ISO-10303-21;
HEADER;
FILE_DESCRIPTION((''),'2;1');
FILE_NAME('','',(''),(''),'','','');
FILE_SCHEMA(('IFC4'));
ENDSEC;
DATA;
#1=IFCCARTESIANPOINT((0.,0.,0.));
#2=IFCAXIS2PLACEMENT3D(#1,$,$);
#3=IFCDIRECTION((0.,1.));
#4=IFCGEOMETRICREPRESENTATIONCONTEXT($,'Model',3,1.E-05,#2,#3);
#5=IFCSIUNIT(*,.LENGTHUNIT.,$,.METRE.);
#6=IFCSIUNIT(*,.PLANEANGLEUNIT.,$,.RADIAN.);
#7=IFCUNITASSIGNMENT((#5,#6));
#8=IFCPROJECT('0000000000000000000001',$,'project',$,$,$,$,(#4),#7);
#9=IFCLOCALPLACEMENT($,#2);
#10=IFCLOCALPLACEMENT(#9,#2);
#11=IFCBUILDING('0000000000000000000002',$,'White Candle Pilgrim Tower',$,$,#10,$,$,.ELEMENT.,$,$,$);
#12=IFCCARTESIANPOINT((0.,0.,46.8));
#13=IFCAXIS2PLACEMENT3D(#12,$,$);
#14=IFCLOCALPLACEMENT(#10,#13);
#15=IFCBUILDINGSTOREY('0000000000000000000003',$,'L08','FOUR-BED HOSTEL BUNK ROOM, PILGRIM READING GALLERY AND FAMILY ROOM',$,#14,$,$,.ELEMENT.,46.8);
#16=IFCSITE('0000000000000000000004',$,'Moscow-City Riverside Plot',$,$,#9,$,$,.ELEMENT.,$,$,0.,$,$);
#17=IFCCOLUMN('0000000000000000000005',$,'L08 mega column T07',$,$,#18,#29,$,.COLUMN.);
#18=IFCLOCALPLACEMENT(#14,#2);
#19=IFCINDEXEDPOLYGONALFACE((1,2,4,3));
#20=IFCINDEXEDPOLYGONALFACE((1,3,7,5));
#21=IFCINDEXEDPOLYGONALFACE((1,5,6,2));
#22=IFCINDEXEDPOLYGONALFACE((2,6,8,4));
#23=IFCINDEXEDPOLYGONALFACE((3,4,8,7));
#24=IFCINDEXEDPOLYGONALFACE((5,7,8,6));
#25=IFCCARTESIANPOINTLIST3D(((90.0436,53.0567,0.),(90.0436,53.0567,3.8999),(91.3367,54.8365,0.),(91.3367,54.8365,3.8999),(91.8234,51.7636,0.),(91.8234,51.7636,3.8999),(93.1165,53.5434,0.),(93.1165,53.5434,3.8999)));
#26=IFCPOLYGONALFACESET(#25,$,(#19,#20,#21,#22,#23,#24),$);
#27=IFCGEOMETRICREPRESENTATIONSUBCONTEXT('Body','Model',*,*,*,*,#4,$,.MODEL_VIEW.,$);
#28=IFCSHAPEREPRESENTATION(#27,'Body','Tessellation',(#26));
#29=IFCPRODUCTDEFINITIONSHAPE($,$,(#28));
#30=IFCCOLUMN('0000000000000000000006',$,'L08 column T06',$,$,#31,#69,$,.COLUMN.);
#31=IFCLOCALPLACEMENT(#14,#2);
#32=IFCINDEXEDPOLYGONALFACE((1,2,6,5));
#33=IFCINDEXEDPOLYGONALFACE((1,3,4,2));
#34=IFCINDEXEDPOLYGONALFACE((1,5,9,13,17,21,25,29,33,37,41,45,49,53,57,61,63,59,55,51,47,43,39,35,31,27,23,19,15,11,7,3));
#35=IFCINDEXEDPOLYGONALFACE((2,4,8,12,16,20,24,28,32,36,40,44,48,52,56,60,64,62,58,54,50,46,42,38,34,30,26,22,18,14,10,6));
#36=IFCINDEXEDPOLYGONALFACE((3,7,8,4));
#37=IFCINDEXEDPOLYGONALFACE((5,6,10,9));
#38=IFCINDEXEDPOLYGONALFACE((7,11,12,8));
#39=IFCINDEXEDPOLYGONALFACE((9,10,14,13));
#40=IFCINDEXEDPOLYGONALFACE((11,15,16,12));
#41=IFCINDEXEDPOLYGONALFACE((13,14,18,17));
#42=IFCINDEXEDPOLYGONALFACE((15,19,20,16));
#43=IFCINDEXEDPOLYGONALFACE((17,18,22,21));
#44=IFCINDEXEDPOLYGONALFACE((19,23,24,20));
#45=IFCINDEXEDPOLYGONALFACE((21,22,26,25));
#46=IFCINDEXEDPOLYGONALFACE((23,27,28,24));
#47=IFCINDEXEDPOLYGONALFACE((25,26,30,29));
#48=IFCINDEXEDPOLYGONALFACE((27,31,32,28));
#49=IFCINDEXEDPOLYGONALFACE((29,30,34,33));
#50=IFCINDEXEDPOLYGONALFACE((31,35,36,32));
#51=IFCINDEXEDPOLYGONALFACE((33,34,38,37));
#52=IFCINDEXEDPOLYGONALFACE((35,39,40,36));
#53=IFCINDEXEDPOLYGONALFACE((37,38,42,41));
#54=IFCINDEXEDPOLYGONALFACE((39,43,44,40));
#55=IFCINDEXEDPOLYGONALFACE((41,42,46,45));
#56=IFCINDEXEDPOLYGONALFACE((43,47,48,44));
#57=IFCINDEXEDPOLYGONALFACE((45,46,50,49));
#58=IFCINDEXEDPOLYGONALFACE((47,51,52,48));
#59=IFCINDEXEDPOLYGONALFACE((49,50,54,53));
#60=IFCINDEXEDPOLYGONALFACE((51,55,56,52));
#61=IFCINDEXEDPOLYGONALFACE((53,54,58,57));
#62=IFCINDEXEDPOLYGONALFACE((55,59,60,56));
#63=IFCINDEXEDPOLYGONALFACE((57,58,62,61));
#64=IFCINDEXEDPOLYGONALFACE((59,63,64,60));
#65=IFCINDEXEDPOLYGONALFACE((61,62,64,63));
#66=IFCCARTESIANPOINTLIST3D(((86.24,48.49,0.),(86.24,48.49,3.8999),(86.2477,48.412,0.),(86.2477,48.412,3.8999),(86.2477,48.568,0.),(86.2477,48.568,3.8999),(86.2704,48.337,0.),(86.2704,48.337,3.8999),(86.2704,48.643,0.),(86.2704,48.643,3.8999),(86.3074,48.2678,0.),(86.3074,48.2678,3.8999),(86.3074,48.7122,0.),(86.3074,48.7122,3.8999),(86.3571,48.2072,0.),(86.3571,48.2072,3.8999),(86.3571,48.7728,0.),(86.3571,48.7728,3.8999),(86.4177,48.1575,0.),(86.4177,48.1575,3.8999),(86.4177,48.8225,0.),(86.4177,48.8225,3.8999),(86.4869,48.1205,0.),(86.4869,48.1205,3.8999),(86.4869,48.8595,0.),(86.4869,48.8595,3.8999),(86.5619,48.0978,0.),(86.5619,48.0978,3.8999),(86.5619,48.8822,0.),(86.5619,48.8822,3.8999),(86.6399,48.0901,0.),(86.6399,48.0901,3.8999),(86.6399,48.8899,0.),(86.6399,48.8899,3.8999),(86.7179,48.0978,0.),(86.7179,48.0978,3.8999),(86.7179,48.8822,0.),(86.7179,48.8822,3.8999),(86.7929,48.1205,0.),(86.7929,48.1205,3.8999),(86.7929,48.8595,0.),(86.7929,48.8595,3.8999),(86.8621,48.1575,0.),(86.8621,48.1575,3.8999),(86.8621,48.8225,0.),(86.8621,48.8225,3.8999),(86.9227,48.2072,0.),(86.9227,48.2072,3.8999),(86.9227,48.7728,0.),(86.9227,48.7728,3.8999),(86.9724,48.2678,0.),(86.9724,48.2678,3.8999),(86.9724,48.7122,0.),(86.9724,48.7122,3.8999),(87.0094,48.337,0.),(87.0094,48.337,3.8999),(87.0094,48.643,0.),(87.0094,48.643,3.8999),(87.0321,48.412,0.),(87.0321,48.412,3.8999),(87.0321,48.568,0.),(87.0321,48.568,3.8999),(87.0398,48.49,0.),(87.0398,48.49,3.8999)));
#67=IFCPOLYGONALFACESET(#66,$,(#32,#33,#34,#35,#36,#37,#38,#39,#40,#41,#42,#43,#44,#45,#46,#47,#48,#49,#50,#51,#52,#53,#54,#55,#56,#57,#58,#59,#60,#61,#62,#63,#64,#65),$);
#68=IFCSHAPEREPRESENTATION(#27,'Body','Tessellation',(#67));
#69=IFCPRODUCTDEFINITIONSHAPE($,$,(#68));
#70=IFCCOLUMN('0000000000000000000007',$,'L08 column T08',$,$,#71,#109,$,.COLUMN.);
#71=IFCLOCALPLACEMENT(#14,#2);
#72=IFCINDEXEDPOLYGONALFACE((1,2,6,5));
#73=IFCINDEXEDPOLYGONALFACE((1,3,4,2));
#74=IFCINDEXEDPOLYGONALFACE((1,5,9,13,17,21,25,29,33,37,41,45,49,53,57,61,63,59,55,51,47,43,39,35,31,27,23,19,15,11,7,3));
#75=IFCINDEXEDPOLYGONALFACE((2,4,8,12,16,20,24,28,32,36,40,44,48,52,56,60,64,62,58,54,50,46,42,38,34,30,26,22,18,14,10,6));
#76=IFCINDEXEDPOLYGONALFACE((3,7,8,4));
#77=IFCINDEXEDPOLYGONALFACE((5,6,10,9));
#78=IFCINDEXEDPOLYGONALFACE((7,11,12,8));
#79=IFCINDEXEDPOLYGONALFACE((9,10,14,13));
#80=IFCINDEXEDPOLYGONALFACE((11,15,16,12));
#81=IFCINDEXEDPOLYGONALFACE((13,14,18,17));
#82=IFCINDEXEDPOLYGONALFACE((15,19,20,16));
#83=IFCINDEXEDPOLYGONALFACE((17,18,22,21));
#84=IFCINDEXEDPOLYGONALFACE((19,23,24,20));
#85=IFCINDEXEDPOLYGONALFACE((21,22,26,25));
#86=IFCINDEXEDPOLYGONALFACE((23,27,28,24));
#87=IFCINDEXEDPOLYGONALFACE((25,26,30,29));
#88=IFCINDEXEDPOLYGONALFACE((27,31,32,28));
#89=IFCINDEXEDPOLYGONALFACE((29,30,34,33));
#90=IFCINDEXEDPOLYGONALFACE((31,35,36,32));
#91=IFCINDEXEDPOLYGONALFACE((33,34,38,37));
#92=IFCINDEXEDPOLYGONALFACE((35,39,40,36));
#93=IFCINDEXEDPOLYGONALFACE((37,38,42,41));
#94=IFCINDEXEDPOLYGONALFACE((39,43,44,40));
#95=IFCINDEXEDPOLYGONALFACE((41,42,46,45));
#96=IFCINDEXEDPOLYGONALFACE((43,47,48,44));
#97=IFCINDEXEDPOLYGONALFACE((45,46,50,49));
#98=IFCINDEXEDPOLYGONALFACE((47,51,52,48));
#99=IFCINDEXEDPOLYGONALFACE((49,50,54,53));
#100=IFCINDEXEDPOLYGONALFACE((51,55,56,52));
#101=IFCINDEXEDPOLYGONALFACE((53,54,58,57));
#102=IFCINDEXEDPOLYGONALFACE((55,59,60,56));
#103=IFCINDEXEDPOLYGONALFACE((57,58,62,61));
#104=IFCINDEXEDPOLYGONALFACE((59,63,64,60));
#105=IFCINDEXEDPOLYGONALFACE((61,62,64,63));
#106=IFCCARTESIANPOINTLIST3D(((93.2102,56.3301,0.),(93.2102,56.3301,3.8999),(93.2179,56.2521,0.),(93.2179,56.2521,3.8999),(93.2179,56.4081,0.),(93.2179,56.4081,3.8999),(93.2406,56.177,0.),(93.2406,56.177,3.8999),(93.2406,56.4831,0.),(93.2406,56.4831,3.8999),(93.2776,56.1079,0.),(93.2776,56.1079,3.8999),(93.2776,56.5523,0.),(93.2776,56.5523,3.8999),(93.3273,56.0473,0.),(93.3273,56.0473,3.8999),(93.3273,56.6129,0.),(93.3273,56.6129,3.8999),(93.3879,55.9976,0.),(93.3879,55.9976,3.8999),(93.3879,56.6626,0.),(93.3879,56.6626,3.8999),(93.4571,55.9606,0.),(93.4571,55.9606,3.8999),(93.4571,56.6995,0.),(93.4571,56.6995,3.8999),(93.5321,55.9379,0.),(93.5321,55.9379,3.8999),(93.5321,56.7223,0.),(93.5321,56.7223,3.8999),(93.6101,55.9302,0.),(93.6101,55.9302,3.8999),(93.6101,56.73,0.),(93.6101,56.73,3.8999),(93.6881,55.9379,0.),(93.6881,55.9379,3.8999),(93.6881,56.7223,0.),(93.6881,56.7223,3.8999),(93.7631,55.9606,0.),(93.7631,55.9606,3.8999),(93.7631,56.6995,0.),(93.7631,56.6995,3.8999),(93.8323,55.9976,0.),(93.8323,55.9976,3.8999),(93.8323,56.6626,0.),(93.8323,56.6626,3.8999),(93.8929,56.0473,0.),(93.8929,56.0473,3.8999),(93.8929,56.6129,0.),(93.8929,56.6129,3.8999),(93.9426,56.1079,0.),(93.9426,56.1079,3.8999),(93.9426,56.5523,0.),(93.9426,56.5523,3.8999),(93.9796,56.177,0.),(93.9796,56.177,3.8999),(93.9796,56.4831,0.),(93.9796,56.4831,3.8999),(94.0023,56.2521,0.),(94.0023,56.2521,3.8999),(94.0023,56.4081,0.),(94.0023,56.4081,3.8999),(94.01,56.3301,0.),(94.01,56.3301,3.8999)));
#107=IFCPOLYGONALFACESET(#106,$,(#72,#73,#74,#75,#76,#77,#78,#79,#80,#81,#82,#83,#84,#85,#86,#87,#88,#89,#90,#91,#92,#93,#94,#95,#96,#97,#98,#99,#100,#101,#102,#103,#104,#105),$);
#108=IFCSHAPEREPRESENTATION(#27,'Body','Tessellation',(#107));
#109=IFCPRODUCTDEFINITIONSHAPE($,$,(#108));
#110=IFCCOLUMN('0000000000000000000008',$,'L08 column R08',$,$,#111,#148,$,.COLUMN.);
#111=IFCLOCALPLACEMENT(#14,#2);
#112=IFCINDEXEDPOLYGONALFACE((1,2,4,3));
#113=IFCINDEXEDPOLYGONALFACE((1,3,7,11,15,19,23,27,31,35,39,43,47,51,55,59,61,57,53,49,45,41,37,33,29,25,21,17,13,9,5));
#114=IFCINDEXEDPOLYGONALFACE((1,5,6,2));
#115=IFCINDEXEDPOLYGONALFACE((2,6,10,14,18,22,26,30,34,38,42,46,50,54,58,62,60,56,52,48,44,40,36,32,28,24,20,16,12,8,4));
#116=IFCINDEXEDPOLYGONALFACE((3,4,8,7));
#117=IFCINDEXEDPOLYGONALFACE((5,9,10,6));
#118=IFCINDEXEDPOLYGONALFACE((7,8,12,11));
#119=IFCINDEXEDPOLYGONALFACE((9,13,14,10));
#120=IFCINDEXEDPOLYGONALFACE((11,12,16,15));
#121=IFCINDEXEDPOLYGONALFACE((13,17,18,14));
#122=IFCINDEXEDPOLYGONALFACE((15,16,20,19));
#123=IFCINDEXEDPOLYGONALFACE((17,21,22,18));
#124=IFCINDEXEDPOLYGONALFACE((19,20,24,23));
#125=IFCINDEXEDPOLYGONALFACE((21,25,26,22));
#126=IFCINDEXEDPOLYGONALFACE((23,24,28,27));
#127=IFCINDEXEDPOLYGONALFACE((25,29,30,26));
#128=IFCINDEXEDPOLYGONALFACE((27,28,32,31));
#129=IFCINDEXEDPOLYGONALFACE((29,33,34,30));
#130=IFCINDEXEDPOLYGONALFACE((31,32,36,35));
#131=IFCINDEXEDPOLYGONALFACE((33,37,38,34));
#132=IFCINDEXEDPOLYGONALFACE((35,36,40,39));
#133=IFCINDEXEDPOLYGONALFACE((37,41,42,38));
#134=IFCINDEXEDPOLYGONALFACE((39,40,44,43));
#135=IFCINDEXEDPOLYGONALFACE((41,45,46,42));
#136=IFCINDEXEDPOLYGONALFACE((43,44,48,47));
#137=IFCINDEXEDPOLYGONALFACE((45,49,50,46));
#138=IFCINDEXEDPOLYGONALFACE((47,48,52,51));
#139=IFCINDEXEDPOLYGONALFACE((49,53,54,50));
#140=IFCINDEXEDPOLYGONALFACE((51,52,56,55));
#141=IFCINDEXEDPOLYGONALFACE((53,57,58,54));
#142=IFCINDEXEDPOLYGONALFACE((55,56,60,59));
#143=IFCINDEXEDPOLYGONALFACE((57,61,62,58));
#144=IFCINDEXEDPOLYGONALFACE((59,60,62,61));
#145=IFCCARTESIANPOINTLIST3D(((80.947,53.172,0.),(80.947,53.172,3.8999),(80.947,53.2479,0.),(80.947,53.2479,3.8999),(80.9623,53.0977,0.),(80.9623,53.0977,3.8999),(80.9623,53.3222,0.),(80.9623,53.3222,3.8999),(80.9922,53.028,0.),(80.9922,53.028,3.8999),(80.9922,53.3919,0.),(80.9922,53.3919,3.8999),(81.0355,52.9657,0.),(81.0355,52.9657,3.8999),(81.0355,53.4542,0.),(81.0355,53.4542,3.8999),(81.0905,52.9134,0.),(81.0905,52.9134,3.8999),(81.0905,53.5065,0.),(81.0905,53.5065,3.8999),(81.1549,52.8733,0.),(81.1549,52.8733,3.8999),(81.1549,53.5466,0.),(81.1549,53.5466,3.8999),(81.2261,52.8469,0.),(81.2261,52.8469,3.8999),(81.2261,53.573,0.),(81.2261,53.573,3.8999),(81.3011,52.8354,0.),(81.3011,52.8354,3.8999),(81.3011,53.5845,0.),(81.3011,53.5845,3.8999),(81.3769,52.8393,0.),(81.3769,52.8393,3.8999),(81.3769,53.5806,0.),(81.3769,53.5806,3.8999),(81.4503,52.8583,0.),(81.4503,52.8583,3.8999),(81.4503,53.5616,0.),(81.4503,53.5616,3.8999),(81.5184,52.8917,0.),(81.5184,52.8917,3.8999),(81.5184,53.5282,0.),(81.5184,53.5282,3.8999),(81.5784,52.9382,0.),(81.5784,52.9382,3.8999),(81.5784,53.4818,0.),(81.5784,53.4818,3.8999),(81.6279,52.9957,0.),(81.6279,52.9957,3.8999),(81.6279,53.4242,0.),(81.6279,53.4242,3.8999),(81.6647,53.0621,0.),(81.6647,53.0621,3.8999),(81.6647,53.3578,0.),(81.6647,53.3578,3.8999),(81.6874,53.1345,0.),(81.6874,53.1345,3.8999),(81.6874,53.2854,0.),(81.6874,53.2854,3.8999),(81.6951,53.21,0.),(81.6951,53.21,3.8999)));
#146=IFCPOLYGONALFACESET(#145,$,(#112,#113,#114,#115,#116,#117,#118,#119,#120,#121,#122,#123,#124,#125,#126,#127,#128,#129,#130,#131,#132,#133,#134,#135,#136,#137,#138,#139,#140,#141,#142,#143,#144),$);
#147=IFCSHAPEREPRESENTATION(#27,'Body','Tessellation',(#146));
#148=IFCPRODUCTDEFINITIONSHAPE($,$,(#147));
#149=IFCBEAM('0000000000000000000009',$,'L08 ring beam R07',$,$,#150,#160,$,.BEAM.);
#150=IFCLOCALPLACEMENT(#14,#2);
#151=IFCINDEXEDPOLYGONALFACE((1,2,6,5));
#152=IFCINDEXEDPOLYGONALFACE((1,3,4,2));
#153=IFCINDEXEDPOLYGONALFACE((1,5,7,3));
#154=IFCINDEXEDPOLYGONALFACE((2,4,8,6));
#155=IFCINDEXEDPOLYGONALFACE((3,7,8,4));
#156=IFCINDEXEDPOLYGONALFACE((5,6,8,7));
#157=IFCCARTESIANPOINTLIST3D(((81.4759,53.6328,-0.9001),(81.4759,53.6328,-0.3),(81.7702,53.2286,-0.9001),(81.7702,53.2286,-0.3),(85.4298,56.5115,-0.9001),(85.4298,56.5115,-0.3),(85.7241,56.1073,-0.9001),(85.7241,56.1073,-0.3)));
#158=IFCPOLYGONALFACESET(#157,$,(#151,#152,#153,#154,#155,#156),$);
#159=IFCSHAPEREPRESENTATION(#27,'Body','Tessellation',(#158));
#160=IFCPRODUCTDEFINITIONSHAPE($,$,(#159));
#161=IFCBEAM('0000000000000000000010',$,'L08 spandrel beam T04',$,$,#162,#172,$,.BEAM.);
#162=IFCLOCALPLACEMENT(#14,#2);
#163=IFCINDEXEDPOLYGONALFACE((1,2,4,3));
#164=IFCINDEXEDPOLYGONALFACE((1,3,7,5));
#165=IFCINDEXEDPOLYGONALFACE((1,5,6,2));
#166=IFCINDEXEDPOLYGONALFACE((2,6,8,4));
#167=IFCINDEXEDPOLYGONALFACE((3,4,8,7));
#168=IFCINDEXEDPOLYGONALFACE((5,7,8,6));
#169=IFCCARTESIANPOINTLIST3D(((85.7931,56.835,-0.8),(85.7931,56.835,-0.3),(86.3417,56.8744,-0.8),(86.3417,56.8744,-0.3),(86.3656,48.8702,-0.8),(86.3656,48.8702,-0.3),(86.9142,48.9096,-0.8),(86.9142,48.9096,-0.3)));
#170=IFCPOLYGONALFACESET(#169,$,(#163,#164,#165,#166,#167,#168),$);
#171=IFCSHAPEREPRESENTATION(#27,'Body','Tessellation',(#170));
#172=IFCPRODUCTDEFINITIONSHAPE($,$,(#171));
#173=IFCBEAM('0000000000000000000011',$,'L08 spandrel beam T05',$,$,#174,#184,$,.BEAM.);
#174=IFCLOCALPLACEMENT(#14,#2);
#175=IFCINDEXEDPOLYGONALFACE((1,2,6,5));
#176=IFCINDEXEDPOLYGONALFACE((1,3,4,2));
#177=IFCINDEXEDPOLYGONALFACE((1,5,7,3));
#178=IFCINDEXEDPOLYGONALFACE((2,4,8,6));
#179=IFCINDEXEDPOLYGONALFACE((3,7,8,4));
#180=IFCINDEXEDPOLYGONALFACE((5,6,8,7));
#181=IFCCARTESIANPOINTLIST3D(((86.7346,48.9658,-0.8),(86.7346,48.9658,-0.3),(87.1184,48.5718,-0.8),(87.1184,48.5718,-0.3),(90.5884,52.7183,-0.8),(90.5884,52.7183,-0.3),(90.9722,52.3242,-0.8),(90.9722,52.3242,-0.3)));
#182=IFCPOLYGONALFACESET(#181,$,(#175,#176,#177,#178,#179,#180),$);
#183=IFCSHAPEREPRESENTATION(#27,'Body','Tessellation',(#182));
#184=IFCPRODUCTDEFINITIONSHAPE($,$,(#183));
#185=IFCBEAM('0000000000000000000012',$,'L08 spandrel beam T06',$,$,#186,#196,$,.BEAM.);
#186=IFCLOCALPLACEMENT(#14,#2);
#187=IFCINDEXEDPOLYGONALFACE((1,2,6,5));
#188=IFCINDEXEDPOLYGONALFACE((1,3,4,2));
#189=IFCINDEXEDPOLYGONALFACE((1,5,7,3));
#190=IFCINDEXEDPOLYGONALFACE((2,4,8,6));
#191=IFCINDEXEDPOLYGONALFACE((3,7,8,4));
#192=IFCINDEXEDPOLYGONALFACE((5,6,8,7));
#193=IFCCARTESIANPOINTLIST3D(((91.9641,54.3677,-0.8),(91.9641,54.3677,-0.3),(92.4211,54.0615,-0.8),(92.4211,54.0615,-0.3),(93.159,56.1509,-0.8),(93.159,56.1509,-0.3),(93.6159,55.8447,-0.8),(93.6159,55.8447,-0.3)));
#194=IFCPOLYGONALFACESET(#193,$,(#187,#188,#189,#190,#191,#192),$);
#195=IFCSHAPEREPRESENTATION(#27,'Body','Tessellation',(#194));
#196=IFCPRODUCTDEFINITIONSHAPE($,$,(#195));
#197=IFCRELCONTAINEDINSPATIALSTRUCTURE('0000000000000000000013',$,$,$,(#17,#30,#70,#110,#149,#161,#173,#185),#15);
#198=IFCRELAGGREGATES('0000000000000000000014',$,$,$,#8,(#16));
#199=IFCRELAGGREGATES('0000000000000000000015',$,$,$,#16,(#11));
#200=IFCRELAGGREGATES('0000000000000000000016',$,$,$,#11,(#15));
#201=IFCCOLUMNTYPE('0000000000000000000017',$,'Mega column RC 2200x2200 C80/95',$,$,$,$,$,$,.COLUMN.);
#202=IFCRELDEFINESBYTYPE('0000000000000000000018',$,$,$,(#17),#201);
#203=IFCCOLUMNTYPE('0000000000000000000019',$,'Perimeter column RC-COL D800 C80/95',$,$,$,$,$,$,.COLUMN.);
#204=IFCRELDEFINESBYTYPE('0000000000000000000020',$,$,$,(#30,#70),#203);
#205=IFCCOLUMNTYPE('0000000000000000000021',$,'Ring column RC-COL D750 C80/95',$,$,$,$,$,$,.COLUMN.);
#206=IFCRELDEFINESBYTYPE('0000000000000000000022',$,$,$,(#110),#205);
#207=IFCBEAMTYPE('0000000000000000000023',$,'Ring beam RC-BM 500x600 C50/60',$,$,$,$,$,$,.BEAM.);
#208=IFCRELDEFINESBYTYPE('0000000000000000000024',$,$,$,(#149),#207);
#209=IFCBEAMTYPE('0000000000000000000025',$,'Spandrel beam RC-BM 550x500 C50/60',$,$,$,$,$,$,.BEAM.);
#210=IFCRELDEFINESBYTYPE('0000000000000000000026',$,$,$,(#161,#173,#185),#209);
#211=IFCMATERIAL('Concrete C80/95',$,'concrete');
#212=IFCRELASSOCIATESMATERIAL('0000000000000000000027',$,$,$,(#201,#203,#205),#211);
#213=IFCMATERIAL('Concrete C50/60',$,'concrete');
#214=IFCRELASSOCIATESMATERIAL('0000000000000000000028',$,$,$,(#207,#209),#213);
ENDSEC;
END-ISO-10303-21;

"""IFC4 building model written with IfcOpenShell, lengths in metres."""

from ifc_helpers import new_model, si_unit, direction, frame, origin, origin_2d, place, context, subcontext, project, spatial, rectangle, circle, extrude, material, material_profile, profile_set, type_object, element, save


model = new_model("IFC4")

# Units and contexts
model_context = context("Model", 3, precision=1e-05, world=origin(), true_north=direction((0.0, 1.0)))
body_context = subcontext(model_context, "Body", "Model", "MODEL_VIEW")
ifc_project = project(units=[si_unit("LENGTHUNIT", "METRE"), si_unit("PLANEANGLEUNIT", "RADIAN")], contexts=[model_context])

# Site, building, storey
site_placement = place(None, origin())
site = spatial("IfcSite", under=ifc_project, at=site_placement, Name="Moscow-City Riverside Plot", CompositionType="ELEMENT", RefElevation=0.0)
building_placement = place(site_placement, origin())
building = spatial("IfcBuilding", under=site, at=building_placement, Name="White Candle Pilgrim Tower", CompositionType="ELEMENT")
storey_placement = place(building_placement, frame((0.0, 0.0, 46.8)))
storey = spatial("IfcBuildingStorey", under=building, at=storey_placement, Name="L08", Description="FOUR-BED HOSTEL BUNK ROOM, PILGRIM READING GALLERY AND FAMILY ROOM", CompositionType="ELEMENT", Elevation=46.8)

# Columns
ifc_material_1 = material(Name="Concrete C80/95", Category="concrete")
ifc_material_profile_1 = material_profile(ifc_material_1, rectangle(XDim=2.2, YDim=2.2, at=origin_2d()), Name="RC 2200x2200")
ifc_profile_set_1 = profile_set([ifc_material_profile_1], Name="Concrete C80/95")
column_type_1 = type_object("IfcColumnType", Name="Mega column RC 2200x2200 C80/95", PredefinedType="COLUMN", material=ifc_profile_set_1)
column_1_placement = place(storey_placement, frame((91.5801, 53.3, 0.0), z_axis=(0.0, 0.0, 1.0), x_axis=(0.809017, -0.587785, 0.0)))
element("IfcColumn", 1, at=column_1_placement, inside=storey, type_object=column_type_1, Name="L08 mega column T07", PredefinedType="COLUMN", context=body_context, shape_type="SweptSolid", body=[
    extrude(rectangle(XDim=2.2, YDim=2.2, at=origin_2d()), origin(), (0.0, 0.0, 1.0), 3.8999),
])
ifc_material_profile_2 = material_profile(ifc_material_1, circle(Radius=0.3999, at=origin_2d()), Name="RC-COL D800")
ifc_profile_set_2 = profile_set([ifc_material_profile_2], Name="Concrete C80/95")
column_type_2 = type_object("IfcColumnType", Name="Perimeter column RC-COL D800 C80/95", PredefinedType="COLUMN", material=ifc_profile_set_2)
for number, where, z_axis, x_axis, name in (
    (2, (86.6399, 48.49, 0.0), (0.0, 0.0, 1.0), (1.0, 0.0, 0.0), "L08 column T06"),
    (3, (93.6101, 56.3301, 0.0), (0.0, 0.0, 1.0), (1.0, 0.0, 0.0), "L08 column T08"),
):
    element("IfcColumn", number, at=place(storey_placement, frame(where, z_axis=z_axis, x_axis=x_axis)), inside=storey, type_object=column_type_2, Name=name, PredefinedType="COLUMN", context=body_context, shape_type="SweptSolid", body=[
        extrude(circle(Radius=0.3999, at=origin_2d()), origin(), (0.0, 0.0, 1.0), 3.8999),
    ])
ifc_material_profile_3 = material_profile(ifc_material_1, circle(Radius=0.375, at=origin_2d()), Name="RC-COL D750")
ifc_profile_set_3 = profile_set([ifc_material_profile_3], Name="Concrete C80/95")
column_type_3 = type_object("IfcColumnType", Name="Ring column RC-COL D750 C80/95", PredefinedType="COLUMN", material=ifc_profile_set_3)
column_2_placement = place(storey_placement, frame((81.3201, 53.21, 0.0), z_axis=(0.0, 0.0, 1.0), x_axis=(1.0, 0.0, 0.0)))
element("IfcColumn", 4, at=column_2_placement, inside=storey, type_object=column_type_3, Name="L08 column R08", PredefinedType="COLUMN", context=body_context, shape_type="SweptSolid", body=[
    extrude(circle(Radius=0.375, at=origin_2d()), origin(), (0.0, 0.0, 1.0), 3.8999),
])

# Beams
ifc_material_2 = material(Name="Concrete C50/60", Category="concrete")
ifc_material_profile_4 = material_profile(ifc_material_2, rectangle(XDim=0.5, YDim=0.6001, at=origin_2d()), Name="RC-BM 500x600")
ifc_profile_set_4 = profile_set([ifc_material_profile_4], Name="Concrete C50/60")
beam_type_1 = type_object("IfcBeamType", Name="Ring beam RC-BM 500x600 C50/60", PredefinedType="BEAM", material=ifc_profile_set_4)
beam_1_placement = place(storey_placement, frame((81.623, 53.4307, -0.6001), z_axis=(0.808432, 0.58859, 0.0), x_axis=(-0.58859, 0.808432, 0.0)))
element("IfcBeam", 5, at=beam_1_placement, inside=storey, type_object=beam_type_1, Name="L08 ring beam R07", PredefinedType="BEAM", context=body_context, shape_type="SweptSolid", body=[
    extrude(rectangle(XDim=0.5, YDim=0.6001, at=origin_2d()), origin(), (0.0, 0.0, 1.0), 4.8909),
])
ifc_material_profile_5 = material_profile(ifc_material_2, rectangle(XDim=0.55, YDim=0.5, at=origin_2d()), Name="RC-BM 550x500")
ifc_profile_set_5 = profile_set([ifc_material_profile_5], Name="Concrete C50/60")
beam_type_2 = type_object("IfcBeamType", Name="Spandrel beam RC-BM 550x500 C50/60", PredefinedType="BEAM", material=ifc_profile_set_5)
beam_2_placement = place(storey_placement, frame((86.6399, 48.8899, -0.55), z_axis=(-0.071695, 0.997427, 0.0), x_axis=(-0.997427, -0.071695, 0.0)))
element("IfcBeam", 6, at=beam_2_placement, inside=storey, type_object=beam_type_2, Name="L08 spandrel beam T04", PredefinedType="BEAM", context=body_context, shape_type="SweptSolid", body=[
    extrude(rectangle(XDim=0.55, YDim=0.5, at=origin_2d()), origin(), (0.0, 0.0, 1.0), 7.9854),
])
beam_3_placement = place(storey_placement, frame((86.9265, 48.7688, -0.55), z_axis=(0.716462, 0.697626, 0.0), x_axis=(-0.697626, 0.716462, 0.0)))
element("IfcBeam", 7, at=beam_3_placement, inside=storey, type_object=beam_type_2, Name="L08 spandrel beam T05", PredefinedType="BEAM", context=body_context, shape_type="SweptSolid", body=[
    extrude(rectangle(XDim=0.55, YDim=0.5, at=origin_2d()), origin(), (0.0, 0.0, 1.0), 5.3789),
])
beam_4_placement = place(storey_placement, frame((92.1926, 54.2146, -0.55), z_axis=(0.556641, 0.830753, 0.0), x_axis=(-0.830753, 0.556641, 0.0)))
element("IfcBeam", 8, at=beam_4_placement, inside=storey, type_object=beam_type_2, Name="L08 spandrel beam T06", PredefinedType="BEAM", context=body_context, shape_type="SweptSolid", body=[
    extrude(rectangle(XDim=0.55, YDim=0.5, at=origin_2d()), origin(), (0.0, 0.0, 1.0), 2.1465),
])

save(model, "model.ifc")
